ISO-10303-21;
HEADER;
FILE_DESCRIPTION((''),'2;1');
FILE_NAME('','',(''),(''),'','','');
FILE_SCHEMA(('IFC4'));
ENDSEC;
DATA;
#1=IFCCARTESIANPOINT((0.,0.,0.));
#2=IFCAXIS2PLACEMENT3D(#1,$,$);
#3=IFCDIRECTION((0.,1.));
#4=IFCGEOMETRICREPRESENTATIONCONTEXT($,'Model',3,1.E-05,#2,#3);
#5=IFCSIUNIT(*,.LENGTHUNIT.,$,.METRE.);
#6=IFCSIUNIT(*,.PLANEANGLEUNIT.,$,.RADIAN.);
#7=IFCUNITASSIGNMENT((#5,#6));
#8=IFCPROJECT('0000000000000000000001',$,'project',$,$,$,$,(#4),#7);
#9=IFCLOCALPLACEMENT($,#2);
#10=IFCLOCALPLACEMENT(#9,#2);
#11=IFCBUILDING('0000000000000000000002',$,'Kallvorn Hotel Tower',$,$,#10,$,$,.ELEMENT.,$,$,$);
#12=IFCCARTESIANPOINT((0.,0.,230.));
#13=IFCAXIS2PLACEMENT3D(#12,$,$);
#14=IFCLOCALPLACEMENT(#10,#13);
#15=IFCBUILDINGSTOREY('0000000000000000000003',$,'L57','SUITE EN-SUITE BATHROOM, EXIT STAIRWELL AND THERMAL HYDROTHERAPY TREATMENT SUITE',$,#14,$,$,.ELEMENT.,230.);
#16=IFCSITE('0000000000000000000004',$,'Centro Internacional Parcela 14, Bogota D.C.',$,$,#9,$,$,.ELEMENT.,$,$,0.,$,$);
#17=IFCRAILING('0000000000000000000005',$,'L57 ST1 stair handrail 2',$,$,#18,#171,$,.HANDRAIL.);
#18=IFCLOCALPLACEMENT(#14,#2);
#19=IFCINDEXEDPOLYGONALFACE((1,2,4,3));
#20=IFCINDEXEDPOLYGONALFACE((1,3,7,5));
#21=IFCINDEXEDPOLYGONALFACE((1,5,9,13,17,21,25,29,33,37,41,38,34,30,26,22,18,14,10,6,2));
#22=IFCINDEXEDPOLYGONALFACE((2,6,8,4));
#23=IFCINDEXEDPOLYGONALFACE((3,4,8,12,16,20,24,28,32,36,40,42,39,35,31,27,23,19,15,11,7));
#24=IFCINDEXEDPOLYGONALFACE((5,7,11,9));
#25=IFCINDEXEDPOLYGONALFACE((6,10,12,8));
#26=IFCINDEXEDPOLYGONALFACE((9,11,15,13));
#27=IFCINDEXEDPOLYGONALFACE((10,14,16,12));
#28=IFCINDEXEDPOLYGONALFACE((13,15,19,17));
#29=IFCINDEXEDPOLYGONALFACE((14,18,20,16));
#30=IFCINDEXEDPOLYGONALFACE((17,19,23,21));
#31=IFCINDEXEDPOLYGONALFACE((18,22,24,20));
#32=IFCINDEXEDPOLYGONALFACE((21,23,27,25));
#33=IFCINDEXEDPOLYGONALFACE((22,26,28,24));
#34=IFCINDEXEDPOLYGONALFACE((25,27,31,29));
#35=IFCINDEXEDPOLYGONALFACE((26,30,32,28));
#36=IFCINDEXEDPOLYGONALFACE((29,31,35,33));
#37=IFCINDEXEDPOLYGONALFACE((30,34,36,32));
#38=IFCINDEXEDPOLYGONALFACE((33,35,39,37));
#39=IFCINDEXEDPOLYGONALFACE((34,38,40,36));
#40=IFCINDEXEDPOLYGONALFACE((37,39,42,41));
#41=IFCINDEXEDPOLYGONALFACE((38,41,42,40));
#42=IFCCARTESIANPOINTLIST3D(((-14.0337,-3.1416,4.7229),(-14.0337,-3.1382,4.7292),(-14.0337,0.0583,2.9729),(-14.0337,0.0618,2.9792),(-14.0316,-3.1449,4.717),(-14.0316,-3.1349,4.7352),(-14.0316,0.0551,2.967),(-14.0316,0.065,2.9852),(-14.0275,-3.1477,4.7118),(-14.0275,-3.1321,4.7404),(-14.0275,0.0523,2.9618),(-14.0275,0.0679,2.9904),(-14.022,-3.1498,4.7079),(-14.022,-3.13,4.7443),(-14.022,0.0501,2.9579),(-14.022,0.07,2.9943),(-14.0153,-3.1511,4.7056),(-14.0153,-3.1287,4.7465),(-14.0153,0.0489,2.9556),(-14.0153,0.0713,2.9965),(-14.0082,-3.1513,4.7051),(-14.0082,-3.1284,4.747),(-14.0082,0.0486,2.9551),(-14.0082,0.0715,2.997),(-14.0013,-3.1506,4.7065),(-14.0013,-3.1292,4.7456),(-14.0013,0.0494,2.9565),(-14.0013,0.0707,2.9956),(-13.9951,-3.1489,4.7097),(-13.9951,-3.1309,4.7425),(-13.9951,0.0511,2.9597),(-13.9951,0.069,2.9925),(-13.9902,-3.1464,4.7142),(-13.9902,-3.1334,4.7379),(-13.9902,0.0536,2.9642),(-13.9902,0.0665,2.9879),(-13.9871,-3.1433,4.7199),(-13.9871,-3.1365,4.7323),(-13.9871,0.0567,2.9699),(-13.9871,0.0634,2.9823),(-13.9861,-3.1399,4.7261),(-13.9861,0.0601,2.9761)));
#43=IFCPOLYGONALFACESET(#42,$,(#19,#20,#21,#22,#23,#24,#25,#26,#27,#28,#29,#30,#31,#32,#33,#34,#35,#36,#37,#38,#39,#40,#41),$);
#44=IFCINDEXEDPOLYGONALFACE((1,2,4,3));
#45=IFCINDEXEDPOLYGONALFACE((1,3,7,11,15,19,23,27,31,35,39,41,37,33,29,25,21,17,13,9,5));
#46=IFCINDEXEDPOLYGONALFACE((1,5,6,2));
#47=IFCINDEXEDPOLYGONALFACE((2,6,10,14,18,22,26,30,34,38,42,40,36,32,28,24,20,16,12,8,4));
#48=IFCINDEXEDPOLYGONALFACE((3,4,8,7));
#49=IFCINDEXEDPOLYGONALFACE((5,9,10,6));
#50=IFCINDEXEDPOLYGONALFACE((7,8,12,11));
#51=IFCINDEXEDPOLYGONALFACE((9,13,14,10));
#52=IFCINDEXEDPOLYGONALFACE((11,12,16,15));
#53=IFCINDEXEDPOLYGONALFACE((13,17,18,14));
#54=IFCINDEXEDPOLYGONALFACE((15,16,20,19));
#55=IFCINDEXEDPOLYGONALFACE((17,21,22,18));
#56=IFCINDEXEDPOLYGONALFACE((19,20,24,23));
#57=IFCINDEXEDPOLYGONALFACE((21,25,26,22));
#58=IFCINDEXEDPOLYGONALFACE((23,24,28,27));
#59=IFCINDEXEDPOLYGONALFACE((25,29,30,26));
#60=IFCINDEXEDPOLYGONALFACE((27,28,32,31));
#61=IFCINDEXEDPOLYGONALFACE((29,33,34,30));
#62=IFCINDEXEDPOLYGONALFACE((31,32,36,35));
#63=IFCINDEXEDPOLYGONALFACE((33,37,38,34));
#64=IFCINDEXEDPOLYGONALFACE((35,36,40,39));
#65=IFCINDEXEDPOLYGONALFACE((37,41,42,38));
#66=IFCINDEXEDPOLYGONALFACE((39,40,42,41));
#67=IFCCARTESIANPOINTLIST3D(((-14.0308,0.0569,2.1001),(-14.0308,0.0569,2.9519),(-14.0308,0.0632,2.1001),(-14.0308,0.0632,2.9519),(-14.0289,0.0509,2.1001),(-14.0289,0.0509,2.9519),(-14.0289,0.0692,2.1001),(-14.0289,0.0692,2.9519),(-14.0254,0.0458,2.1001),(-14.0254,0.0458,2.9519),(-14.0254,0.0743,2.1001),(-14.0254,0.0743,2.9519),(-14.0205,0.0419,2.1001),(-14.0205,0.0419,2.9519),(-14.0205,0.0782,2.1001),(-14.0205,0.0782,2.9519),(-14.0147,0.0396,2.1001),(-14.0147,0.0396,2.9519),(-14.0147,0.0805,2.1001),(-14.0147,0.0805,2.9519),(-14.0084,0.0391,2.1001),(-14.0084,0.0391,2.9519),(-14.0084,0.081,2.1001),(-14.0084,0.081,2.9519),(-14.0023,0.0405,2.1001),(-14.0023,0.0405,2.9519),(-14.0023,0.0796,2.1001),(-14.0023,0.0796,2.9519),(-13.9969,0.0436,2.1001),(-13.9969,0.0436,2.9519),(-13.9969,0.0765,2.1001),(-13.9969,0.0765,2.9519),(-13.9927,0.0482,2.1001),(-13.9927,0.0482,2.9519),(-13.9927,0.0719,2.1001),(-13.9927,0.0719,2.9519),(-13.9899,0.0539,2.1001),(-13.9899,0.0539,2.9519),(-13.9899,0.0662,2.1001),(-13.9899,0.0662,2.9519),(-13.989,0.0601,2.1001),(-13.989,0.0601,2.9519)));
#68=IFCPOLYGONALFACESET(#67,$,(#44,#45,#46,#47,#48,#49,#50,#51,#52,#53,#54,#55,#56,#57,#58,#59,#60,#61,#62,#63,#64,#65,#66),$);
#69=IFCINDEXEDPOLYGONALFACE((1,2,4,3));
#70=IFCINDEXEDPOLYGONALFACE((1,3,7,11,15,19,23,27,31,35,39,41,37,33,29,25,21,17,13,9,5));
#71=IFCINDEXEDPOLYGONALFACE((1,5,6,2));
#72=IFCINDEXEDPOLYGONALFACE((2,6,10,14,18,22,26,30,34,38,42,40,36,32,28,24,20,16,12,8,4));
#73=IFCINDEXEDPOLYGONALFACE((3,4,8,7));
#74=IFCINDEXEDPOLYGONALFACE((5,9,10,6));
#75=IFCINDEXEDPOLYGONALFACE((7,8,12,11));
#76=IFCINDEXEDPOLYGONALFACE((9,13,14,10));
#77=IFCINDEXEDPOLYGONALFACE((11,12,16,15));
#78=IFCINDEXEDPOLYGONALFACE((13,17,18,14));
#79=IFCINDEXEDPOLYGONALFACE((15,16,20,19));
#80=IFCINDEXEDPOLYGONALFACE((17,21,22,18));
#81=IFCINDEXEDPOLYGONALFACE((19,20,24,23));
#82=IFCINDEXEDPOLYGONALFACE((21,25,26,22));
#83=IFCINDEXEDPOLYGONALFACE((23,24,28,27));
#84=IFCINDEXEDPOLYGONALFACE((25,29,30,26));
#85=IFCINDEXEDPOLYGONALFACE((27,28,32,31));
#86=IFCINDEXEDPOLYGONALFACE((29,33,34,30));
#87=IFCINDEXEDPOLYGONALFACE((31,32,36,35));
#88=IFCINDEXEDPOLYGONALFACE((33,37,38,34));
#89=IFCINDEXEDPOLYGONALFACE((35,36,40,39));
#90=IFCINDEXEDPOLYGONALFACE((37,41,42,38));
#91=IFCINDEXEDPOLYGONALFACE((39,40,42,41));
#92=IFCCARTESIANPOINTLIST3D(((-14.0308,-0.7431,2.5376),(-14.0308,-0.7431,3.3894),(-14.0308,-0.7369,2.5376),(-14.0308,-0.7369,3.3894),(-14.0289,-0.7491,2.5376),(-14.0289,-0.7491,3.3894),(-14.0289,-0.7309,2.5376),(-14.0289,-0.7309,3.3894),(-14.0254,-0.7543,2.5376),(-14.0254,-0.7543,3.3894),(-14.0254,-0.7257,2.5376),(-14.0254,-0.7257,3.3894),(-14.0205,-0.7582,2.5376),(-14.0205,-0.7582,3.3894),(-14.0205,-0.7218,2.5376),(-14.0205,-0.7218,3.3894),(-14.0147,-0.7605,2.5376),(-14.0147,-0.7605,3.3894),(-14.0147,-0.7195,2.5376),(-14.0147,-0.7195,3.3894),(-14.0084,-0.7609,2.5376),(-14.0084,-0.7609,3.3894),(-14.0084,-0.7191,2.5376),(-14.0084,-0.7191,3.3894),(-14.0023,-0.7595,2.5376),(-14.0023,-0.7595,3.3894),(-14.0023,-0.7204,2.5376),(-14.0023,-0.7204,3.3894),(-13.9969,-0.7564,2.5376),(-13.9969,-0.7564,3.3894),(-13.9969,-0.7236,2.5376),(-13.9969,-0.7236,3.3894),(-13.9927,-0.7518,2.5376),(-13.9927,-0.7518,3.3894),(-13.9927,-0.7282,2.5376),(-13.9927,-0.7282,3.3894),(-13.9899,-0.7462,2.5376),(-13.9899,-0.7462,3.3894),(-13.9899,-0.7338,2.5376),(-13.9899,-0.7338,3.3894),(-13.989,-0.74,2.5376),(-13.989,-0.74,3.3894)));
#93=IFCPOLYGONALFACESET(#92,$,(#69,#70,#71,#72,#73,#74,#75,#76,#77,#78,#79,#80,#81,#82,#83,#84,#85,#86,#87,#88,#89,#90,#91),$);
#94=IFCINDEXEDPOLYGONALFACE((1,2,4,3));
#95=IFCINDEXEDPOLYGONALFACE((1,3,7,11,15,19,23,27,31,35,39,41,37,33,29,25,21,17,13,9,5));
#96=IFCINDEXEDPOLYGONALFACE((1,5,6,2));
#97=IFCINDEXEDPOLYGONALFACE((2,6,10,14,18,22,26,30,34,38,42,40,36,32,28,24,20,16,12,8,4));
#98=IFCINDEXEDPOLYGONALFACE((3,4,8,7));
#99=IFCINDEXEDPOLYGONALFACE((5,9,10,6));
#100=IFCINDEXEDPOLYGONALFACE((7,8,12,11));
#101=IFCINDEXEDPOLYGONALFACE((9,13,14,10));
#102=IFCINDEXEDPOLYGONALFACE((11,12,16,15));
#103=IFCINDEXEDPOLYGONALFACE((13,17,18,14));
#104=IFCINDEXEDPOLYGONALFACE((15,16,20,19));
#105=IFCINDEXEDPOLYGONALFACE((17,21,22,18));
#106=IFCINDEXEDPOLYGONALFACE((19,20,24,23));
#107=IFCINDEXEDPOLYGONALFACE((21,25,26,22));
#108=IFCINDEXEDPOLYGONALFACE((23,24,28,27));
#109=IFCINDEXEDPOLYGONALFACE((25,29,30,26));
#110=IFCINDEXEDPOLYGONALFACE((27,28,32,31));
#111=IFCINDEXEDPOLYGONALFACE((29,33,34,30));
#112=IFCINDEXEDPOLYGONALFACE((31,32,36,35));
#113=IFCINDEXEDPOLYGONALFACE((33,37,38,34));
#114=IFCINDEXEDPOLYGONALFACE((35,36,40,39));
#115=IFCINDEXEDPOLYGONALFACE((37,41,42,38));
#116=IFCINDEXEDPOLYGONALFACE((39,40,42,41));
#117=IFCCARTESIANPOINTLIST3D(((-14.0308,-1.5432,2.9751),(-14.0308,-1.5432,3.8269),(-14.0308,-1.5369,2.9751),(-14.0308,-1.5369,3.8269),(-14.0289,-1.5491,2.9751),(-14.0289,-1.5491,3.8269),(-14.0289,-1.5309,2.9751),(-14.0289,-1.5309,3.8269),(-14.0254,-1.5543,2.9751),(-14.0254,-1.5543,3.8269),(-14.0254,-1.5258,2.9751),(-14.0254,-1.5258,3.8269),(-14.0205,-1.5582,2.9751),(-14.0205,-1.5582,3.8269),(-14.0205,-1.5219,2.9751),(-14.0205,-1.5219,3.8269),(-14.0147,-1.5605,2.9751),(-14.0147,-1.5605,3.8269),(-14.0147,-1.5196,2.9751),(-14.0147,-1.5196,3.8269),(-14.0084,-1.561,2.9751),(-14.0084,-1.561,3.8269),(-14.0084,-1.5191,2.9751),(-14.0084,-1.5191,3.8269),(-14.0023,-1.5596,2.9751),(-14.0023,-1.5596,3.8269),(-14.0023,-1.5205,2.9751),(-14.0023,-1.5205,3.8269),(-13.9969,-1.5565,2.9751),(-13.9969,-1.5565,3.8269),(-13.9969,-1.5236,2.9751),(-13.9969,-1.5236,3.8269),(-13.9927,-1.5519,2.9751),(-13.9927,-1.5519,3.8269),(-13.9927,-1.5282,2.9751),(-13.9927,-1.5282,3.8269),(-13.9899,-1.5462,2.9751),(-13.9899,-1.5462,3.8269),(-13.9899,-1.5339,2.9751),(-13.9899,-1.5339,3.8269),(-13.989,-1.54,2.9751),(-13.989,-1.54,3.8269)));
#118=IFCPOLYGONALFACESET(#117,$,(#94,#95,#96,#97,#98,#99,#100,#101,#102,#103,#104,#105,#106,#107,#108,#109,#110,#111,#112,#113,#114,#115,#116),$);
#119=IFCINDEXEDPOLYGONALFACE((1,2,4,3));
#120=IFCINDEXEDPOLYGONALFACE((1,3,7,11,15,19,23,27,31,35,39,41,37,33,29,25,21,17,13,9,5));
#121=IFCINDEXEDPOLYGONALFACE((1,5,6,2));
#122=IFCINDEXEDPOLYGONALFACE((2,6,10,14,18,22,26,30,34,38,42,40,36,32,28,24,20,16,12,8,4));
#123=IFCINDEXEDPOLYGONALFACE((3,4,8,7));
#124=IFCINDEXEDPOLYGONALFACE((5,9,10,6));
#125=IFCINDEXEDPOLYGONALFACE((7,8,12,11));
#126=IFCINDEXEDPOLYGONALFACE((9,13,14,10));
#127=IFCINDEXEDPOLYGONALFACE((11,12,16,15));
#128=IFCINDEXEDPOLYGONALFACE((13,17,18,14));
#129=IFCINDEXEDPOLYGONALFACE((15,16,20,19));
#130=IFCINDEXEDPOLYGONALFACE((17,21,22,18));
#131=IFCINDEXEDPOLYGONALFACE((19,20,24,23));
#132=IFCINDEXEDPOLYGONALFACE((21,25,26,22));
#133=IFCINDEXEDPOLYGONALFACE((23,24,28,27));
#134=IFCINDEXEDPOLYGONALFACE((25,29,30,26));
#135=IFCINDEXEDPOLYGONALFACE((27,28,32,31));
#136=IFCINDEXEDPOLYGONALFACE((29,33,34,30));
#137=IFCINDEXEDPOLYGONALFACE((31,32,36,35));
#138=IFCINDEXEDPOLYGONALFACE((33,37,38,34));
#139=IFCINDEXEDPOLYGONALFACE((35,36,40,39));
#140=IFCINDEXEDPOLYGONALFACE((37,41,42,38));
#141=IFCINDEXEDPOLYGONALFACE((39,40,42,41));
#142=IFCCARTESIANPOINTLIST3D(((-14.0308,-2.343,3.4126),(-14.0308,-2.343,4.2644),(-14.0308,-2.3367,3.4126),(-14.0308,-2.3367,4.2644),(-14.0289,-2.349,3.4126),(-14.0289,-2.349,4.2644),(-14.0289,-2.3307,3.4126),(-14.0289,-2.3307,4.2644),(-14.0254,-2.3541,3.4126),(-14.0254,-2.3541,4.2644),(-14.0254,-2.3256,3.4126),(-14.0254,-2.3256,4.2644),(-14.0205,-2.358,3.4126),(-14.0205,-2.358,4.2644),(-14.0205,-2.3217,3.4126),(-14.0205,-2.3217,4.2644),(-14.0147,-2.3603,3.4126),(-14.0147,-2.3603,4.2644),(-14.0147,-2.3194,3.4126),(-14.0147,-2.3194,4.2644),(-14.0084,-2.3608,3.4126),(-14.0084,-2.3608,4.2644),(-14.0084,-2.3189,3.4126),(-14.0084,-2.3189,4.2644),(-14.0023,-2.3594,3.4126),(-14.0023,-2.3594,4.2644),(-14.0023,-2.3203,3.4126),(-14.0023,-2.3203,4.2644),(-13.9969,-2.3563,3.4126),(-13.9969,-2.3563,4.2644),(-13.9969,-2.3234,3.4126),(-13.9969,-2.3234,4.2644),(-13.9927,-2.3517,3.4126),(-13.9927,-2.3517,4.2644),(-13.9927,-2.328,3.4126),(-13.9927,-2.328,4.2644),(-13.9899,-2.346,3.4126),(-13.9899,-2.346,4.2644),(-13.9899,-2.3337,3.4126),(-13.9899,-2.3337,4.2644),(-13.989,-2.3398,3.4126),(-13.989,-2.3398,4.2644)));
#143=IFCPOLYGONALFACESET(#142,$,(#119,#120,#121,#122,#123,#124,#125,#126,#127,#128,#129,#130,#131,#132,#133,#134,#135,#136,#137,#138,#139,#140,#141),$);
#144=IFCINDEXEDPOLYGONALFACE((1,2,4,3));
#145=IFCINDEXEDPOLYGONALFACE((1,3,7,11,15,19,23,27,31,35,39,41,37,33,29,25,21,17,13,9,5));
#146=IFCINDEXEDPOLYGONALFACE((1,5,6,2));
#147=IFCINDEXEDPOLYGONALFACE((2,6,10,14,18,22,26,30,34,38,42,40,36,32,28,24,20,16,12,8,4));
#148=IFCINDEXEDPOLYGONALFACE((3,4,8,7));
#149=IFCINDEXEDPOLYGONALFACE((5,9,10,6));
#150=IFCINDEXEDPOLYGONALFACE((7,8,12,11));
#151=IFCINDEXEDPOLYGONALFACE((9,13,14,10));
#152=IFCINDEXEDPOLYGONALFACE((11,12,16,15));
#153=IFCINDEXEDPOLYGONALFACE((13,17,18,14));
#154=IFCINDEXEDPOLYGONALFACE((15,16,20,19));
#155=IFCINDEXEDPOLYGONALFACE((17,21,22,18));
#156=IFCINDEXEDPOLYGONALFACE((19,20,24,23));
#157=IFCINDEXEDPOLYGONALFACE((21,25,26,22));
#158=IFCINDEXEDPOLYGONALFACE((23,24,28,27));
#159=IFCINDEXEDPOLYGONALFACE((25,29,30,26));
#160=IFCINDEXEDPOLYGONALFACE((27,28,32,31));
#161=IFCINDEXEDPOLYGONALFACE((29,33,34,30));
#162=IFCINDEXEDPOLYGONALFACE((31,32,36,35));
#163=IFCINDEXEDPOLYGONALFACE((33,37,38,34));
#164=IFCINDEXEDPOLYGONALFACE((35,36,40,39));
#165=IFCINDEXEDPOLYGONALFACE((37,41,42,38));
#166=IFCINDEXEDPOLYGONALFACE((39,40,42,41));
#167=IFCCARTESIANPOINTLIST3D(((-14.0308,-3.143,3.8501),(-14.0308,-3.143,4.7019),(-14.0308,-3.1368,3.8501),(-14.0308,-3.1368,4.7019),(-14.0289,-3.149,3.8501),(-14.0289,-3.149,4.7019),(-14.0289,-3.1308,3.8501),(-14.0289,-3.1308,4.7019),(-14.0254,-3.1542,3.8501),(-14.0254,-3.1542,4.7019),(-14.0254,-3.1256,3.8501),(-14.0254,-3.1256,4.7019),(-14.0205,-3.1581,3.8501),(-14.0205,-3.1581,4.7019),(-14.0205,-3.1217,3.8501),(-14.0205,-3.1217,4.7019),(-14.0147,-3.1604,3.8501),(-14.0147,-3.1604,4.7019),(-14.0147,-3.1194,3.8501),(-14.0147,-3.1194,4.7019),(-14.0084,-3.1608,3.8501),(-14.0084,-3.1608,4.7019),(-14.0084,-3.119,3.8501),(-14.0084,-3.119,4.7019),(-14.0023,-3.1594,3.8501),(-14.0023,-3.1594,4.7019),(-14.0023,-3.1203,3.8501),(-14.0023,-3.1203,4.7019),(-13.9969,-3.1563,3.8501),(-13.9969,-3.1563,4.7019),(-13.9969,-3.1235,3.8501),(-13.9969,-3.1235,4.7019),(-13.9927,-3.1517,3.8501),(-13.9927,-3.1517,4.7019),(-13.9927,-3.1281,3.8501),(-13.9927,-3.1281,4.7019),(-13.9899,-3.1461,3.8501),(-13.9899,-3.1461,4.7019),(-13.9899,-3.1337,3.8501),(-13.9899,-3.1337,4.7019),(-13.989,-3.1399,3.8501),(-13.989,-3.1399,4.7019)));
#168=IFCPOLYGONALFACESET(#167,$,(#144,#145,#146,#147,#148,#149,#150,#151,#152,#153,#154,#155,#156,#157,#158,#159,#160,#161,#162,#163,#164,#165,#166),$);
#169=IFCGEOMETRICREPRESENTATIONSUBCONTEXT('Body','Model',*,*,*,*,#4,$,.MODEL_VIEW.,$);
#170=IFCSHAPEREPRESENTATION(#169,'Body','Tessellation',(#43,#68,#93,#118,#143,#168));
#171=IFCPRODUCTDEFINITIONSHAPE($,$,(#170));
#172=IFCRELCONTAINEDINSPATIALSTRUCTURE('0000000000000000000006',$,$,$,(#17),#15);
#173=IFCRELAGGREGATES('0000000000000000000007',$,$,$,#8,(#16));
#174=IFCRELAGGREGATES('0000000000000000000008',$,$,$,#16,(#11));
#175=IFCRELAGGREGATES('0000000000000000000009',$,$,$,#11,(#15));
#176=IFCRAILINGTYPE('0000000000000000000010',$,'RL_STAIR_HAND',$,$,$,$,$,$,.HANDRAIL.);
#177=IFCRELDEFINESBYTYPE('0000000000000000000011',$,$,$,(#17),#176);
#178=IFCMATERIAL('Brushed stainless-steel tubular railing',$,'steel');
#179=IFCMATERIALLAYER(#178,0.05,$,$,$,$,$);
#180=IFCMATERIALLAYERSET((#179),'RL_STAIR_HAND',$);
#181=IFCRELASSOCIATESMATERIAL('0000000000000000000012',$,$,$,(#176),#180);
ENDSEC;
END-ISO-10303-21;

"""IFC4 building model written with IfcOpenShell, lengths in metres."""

from ifc_helpers import new_model, si_unit, direction, frame, origin, origin_2d, place, context, subcontext, project, spatial, circle, extrude, material, layer, layer_set, type_object, element, save


model = new_model("IFC4")

# Units and contexts
model_context = context("Model", 3, precision=1e-05, world=origin(), true_north=direction((0.0, 1.0)))
body_context = subcontext(model_context, "Body", "Model", "MODEL_VIEW")
ifc_project = project(units=[si_unit("LENGTHUNIT", "METRE"), si_unit("PLANEANGLEUNIT", "RADIAN")], contexts=[model_context])

# Site, building, storey
site_placement = place(None, origin())
site = spatial("IfcSite", under=ifc_project, at=site_placement, Name="Centro Internacional Parcela 14, Bogota D.C.", CompositionType="ELEMENT", RefElevation=0.0)
building_placement = place(site_placement, origin())
building = spatial("IfcBuilding", under=site, at=building_placement, Name="Kallvorn Hotel Tower", CompositionType="ELEMENT")
storey_placement = place(building_placement, frame((0.0, 0.0, 230.0)))
storey = spatial("IfcBuildingStorey", under=building, at=storey_placement, Name="L57", Description="SUITE EN-SUITE BATHROOM, EXIT STAIRWELL AND THERMAL HYDROTHERAPY TREATMENT SUITE", CompositionType="ELEMENT", Elevation=230.0)

# Railing
ifc_material_1 = material(Name="Brushed stainless-steel tubular railing", Category="steel")
ifc_layer_1 = layer(ifc_material_1, 0.05)
ifc_layer_set_1 = layer_set([ifc_layer_1], Name="RL_STAIR_HAND")
railing_type_1 = type_object("IfcRailingType", Name="RL_STAIR_HAND", PredefinedType="HANDRAIL", material=ifc_layer_set_1)
railing_1_placement = place(storey_placement, frame((-14.01, 0.0601, 2.1001)))
element("IfcRailing", 1, at=railing_1_placement, inside=storey, type_object=railing_type_1, Name="L57 ST1 stair handrail 2", PredefinedType="HANDRAIL", context=body_context, shape_type="SweptSolid", body=[
    extrude(circle(Radius=0.0239, at=origin_2d()), frame((0.0, 0.0, 0.876), z_axis=(0.0, -0.877368, 0.479818), x_axis=(1.0, 0.0, 0.0)), (0.0, 0.0, 1.0), 3.6472),
    extrude(circle(Radius=0.021, at=origin_2d()), origin(), (0.0, 0.0, 1.0), 0.8518),
    extrude(circle(Radius=0.021, at=origin_2d()), frame((0.0, -0.8, 0.4375)), (0.0, 0.0, 1.0), 0.8518),
    extrude(circle(Radius=0.021, at=origin_2d()), frame((0.0, -1.6001, 0.875)), (0.0, 0.0, 1.0), 0.8518),
    extrude(circle(Radius=0.021, at=origin_2d()), frame((0.0, -2.3999, 1.3125)), (0.0, 0.0, 1.0), 0.8518),
    extrude(circle(Radius=0.021, at=origin_2d()), frame((0.0, -3.2, 1.75)), (0.0, 0.0, 1.0), 0.8518),
])

save(model, "model.ifc")
